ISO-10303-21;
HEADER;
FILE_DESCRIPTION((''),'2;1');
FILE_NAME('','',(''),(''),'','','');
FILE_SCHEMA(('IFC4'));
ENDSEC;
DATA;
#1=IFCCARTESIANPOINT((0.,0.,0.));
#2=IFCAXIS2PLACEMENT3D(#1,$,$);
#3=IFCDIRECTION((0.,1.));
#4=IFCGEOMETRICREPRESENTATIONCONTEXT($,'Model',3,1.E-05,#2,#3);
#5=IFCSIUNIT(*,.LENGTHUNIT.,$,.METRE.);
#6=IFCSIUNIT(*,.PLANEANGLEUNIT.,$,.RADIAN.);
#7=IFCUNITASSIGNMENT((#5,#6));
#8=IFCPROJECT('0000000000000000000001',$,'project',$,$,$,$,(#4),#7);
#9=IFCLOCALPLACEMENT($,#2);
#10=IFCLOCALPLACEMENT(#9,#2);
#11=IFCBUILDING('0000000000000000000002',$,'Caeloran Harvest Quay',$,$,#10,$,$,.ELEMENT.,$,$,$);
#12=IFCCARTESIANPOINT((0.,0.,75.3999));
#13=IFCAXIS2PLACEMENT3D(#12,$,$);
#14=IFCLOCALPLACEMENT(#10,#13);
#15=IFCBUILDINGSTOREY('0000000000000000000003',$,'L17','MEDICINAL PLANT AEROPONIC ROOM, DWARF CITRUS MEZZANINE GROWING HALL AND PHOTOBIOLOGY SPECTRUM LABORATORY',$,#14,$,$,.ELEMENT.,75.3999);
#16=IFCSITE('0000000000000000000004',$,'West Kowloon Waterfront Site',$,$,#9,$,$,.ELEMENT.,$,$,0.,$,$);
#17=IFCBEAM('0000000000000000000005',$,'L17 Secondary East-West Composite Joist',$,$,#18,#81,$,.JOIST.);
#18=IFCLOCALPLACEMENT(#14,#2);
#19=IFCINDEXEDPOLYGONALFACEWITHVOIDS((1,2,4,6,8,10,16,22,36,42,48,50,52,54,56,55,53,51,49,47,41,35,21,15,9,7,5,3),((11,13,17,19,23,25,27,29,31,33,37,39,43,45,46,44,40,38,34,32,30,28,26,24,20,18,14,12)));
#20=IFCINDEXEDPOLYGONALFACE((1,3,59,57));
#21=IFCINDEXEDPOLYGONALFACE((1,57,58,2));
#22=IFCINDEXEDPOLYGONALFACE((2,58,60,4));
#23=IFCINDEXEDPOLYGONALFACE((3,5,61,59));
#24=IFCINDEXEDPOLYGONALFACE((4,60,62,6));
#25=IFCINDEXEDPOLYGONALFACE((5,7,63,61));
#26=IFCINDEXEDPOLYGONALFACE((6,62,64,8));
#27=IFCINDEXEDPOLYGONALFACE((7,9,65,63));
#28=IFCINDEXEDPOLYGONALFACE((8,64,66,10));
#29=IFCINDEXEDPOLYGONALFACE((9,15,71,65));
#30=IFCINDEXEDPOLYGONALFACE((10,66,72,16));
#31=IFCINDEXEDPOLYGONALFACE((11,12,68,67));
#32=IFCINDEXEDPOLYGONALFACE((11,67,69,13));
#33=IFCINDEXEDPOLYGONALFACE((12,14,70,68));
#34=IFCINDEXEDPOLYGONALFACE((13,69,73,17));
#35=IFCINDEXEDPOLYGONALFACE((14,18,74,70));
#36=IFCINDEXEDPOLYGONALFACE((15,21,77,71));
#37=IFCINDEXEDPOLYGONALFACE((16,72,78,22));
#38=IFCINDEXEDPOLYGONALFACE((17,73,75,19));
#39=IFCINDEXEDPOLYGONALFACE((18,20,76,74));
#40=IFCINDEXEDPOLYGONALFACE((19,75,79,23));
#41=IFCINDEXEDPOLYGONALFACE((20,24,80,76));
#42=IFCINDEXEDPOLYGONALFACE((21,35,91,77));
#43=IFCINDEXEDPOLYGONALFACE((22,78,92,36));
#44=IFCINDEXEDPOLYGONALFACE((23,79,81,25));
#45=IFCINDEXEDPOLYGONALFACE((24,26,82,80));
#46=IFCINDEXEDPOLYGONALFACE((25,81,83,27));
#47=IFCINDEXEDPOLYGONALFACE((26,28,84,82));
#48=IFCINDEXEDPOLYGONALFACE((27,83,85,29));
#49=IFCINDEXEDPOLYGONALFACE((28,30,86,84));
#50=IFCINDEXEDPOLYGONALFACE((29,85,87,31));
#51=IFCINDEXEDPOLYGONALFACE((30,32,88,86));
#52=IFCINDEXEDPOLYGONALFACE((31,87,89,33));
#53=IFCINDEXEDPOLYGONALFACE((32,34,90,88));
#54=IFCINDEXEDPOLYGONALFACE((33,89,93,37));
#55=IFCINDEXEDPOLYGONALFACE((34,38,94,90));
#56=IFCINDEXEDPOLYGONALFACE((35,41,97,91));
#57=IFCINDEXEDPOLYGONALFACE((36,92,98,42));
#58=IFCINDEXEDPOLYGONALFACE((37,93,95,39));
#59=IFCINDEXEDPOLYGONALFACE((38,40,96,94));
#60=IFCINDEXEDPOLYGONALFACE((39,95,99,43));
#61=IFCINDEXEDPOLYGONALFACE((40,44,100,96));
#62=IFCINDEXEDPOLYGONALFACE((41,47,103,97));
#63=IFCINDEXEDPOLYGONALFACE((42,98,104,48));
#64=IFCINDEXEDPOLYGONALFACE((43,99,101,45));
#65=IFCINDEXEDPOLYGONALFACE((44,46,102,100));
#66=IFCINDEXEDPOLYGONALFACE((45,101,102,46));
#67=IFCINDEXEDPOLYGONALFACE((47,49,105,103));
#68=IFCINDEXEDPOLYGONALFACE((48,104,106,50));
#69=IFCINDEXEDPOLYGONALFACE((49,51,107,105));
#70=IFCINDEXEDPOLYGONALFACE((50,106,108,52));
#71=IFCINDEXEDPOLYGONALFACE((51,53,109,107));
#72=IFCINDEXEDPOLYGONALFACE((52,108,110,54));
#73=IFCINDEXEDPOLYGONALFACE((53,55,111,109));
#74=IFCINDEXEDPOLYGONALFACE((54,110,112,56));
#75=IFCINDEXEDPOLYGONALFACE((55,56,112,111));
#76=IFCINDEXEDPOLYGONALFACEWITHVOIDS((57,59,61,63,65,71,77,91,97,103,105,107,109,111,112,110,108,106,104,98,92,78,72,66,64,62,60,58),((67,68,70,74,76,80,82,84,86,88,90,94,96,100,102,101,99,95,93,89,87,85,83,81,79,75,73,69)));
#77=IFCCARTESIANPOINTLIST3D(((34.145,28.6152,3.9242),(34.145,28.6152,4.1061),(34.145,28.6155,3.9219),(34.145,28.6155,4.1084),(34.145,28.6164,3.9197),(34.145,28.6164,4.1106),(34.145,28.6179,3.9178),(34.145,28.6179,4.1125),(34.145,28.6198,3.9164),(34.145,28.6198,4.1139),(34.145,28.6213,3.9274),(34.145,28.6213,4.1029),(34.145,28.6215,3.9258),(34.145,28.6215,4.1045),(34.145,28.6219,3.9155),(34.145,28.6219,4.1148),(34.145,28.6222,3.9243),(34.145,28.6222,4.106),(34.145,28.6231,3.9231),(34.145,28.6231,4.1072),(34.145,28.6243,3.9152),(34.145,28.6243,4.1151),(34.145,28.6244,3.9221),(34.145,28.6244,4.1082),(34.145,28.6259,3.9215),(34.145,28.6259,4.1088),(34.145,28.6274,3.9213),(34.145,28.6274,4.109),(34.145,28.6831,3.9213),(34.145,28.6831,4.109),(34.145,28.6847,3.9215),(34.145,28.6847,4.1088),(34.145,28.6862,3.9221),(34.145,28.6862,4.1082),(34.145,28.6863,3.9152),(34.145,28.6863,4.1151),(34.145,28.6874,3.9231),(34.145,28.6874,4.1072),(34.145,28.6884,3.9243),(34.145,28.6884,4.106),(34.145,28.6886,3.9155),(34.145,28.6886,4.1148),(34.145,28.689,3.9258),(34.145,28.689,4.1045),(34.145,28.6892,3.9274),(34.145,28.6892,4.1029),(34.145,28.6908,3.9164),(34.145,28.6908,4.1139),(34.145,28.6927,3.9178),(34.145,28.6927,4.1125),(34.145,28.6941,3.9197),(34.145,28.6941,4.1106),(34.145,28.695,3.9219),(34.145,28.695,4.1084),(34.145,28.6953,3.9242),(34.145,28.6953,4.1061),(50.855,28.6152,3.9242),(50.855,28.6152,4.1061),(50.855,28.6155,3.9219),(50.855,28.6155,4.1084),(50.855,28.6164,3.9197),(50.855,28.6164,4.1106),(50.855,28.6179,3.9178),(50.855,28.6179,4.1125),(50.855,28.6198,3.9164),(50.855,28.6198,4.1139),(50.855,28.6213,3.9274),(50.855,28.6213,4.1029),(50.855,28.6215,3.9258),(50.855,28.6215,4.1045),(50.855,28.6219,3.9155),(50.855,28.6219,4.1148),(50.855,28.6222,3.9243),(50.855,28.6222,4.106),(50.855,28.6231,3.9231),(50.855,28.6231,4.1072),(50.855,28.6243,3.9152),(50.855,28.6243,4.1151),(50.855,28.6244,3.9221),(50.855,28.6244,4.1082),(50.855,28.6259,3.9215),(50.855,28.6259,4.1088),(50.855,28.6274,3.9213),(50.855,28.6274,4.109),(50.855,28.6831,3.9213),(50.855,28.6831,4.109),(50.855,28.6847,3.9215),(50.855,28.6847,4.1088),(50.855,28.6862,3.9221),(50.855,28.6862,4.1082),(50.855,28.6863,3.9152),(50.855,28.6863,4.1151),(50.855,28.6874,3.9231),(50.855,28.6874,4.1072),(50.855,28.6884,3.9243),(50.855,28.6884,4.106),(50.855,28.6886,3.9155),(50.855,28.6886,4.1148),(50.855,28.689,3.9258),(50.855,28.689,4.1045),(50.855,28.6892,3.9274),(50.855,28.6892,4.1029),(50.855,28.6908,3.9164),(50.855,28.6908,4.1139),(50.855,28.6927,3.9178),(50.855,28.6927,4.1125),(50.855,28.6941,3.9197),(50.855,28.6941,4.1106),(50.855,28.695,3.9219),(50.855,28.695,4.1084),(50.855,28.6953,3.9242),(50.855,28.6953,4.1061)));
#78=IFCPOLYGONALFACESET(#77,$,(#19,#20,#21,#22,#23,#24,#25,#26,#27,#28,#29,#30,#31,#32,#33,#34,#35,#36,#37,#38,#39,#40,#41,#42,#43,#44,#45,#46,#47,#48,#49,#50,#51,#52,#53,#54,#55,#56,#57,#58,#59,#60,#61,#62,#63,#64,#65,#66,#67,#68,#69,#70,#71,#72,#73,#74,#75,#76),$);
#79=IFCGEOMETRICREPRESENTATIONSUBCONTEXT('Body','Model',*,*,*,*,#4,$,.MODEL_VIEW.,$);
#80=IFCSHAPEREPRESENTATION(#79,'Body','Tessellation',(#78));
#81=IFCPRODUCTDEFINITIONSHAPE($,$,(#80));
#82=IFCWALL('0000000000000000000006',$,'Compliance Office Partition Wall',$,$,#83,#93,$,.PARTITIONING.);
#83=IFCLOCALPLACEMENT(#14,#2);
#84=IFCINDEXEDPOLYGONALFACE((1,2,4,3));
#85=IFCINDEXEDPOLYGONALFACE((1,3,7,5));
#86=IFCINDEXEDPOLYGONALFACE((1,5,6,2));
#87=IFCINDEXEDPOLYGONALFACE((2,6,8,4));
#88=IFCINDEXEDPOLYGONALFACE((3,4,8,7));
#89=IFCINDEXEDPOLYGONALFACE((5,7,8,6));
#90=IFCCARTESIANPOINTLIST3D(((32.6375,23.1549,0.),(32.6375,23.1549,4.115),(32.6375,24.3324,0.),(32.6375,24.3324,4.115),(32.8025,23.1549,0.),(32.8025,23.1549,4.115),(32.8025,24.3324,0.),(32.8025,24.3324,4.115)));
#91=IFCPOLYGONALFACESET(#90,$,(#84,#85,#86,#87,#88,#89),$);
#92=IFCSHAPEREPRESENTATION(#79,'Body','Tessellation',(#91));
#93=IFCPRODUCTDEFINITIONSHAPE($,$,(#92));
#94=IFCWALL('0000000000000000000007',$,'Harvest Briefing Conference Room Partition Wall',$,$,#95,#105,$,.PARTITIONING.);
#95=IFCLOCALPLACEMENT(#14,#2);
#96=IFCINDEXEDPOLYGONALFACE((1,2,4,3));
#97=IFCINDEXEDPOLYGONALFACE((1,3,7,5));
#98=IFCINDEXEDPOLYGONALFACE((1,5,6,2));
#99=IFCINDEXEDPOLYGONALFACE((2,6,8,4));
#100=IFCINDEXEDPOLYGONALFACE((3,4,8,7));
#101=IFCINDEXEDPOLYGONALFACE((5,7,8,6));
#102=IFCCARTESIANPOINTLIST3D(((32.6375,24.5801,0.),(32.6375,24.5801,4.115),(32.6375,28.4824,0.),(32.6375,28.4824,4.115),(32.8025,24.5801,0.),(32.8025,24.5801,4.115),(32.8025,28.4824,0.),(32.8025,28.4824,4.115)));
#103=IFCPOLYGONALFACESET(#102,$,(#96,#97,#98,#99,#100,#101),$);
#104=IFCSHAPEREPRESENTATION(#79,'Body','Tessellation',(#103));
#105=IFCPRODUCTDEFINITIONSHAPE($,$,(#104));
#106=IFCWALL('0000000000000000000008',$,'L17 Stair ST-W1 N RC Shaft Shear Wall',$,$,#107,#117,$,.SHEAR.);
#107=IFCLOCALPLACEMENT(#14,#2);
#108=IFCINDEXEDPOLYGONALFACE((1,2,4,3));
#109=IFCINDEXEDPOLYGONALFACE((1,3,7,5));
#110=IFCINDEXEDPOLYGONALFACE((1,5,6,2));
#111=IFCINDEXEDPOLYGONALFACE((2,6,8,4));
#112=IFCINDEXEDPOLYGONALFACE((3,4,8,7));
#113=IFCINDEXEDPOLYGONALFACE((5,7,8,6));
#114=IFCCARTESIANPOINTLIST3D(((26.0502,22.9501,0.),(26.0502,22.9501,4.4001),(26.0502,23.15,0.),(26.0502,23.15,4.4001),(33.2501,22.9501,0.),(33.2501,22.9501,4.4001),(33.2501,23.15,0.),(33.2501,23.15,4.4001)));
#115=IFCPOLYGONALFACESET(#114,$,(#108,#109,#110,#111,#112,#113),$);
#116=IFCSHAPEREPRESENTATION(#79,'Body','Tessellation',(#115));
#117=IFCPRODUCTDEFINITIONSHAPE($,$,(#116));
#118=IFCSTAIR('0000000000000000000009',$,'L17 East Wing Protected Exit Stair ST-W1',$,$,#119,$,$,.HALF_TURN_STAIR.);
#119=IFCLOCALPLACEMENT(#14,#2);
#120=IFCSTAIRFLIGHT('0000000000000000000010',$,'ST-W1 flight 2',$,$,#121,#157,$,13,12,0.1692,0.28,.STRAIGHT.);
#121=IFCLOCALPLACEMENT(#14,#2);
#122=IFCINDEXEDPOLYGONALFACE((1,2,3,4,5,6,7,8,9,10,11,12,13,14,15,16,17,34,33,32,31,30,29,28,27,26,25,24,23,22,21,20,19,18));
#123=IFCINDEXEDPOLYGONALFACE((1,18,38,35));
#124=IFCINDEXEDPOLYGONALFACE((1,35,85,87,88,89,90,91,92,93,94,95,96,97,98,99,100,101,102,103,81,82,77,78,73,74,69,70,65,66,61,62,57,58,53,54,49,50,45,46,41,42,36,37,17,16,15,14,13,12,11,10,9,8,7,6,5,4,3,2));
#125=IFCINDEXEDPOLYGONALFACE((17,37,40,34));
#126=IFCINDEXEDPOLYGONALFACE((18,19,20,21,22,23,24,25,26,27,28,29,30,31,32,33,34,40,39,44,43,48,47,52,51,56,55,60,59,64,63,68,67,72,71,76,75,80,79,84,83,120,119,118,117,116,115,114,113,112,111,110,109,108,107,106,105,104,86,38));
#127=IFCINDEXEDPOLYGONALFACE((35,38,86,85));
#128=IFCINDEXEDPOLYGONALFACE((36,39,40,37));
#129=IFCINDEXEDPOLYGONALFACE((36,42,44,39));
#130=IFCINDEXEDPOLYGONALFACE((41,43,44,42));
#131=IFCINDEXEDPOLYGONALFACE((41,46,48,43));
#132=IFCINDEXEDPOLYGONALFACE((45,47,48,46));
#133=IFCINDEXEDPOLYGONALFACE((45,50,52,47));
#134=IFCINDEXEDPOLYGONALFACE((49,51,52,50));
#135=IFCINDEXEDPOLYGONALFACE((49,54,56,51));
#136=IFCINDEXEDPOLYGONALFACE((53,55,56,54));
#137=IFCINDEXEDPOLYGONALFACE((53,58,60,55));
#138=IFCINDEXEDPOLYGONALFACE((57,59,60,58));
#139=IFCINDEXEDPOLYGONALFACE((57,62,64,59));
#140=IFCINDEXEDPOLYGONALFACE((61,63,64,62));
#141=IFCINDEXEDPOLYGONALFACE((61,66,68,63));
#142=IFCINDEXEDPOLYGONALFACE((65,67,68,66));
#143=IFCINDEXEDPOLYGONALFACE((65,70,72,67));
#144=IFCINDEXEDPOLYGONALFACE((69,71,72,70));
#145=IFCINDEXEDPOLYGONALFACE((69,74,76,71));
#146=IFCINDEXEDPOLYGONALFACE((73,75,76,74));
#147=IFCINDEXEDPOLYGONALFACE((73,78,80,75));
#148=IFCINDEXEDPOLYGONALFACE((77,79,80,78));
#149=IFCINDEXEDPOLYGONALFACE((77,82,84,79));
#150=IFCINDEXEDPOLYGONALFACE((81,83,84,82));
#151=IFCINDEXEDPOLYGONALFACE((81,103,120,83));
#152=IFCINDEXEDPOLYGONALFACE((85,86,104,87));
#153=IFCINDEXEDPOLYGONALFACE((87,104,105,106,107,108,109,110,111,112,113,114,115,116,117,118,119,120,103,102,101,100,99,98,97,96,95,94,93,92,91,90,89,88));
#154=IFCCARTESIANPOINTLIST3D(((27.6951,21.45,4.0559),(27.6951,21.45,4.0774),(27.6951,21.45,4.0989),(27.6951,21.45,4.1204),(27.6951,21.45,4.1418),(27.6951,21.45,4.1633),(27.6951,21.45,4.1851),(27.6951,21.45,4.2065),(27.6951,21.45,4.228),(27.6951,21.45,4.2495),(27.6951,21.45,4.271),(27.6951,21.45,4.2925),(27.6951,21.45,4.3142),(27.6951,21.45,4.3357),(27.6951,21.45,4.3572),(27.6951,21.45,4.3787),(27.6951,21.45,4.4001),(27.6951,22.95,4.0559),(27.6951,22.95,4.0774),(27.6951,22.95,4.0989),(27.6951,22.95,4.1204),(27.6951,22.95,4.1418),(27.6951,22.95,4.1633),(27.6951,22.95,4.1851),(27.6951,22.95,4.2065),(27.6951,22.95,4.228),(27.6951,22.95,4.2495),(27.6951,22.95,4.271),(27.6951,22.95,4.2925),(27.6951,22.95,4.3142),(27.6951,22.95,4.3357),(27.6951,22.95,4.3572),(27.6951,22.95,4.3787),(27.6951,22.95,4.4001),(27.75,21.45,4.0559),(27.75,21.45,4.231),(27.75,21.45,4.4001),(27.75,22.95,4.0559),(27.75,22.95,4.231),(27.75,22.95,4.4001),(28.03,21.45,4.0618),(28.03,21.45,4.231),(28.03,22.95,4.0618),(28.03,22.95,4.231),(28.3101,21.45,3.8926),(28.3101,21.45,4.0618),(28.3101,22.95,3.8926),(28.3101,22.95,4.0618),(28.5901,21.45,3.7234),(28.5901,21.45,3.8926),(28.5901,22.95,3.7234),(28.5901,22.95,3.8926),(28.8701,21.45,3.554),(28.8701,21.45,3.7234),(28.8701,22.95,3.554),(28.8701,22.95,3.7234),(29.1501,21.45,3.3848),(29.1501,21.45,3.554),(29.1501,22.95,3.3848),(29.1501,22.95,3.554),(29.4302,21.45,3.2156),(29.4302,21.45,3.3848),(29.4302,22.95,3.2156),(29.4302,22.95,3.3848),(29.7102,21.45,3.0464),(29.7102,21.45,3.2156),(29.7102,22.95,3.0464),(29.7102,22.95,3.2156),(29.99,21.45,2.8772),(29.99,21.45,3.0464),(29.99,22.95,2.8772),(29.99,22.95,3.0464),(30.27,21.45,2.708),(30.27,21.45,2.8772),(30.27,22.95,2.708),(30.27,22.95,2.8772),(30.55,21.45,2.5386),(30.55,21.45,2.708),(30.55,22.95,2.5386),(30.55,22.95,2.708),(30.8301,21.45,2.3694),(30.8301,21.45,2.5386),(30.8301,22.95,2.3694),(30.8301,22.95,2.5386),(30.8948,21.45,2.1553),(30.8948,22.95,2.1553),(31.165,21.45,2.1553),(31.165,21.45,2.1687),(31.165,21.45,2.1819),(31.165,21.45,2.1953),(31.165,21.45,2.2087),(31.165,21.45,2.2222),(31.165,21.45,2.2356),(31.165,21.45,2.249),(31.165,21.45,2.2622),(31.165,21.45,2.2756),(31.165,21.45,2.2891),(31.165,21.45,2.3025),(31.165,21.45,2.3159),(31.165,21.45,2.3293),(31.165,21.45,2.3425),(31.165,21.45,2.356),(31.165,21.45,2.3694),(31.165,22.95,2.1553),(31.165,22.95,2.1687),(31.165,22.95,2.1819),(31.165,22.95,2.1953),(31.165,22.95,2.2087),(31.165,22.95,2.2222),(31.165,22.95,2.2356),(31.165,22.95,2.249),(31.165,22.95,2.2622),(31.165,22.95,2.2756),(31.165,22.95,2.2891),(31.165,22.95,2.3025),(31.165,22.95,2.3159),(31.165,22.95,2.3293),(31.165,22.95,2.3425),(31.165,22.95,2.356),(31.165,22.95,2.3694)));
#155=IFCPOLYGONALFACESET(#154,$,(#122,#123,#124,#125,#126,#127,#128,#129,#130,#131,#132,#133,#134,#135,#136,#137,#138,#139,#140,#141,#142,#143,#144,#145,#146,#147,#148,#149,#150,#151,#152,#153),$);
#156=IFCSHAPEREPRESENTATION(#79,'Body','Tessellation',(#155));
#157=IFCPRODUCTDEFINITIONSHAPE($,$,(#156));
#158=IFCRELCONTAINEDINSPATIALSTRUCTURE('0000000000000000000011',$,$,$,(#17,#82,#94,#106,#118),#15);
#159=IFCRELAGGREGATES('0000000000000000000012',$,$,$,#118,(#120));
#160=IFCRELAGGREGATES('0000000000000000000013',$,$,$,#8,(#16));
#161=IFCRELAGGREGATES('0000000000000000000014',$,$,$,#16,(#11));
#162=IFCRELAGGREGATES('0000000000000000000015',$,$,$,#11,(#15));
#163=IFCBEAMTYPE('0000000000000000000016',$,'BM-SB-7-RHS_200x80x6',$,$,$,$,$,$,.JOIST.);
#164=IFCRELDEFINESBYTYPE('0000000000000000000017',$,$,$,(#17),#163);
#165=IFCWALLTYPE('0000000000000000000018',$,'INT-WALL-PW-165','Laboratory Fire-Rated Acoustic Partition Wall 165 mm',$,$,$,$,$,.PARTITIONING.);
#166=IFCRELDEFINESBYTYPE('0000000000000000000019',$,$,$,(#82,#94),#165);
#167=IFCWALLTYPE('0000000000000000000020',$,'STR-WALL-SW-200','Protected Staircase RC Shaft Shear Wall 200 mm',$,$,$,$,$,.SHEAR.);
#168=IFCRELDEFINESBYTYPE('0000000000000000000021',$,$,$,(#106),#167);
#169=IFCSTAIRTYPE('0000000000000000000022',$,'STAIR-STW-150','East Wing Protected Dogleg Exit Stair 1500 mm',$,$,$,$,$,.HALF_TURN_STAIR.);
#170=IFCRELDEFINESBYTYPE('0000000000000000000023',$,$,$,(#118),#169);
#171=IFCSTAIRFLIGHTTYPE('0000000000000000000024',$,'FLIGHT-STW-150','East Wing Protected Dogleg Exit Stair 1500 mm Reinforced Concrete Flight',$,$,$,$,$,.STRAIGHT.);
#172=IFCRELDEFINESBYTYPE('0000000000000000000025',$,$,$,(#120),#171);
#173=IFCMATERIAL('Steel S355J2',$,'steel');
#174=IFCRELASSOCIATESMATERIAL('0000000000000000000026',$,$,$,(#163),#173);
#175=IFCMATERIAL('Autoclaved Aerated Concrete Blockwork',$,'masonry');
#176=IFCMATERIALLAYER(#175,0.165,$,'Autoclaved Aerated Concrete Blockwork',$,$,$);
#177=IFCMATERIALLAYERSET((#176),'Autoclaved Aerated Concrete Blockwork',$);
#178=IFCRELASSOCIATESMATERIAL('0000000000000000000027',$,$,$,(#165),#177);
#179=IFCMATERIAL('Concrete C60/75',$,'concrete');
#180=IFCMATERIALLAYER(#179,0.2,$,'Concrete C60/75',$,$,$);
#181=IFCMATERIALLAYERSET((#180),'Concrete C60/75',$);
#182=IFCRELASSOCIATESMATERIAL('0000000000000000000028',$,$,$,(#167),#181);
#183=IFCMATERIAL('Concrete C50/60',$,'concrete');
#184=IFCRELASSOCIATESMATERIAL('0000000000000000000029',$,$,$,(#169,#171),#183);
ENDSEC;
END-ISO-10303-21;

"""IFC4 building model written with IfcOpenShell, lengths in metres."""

from ifc_helpers import new_model, si_unit, direction, frame, frame_2d, origin, origin_2d, place, context, subcontext, project, spatial, polyline, rectangle, hollow_rectangle, outline, extrude, material, layer, layer_set, material_profile, profile_set, type_object, element, aggregate, save


model = new_model("IFC4")

# Units and contexts
model_context = context("Model", 3, precision=1e-05, world=origin(), true_north=direction((0.0, 1.0)))
body_context = subcontext(model_context, "Body", "Model", "MODEL_VIEW")
ifc_project = project(units=[si_unit("LENGTHUNIT", "METRE"), si_unit("PLANEANGLEUNIT", "RADIAN")], contexts=[model_context])

# Site, building, storey
site_placement = place(None, origin())
site = spatial("IfcSite", under=ifc_project, at=site_placement, Name="West Kowloon Waterfront Site", CompositionType="ELEMENT", RefElevation=0.0)
building_placement = place(site_placement, origin())
building = spatial("IfcBuilding", under=site, at=building_placement, Name="Caeloran Harvest Quay", CompositionType="ELEMENT")
storey_placement = place(building_placement, frame((0.0, 0.0, 75.3999)))
storey = spatial("IfcBuildingStorey", under=building, at=storey_placement, Name="L17", Description="MEDICINAL PLANT AEROPONIC ROOM, DWARF CITRUS MEZZANINE GROWING HALL AND PHOTOBIOLOGY SPECTRUM LABORATORY", CompositionType="ELEMENT", Elevation=75.3999)

# Beam
ifc_material_1 = material(Name="Steel S355J2", Category="steel")
ifc_material_profile_1 = material_profile(ifc_material_1, hollow_rectangle(XDim=0.0801, YDim=0.2, WallThickness=0.0061, InnerFilletRadius=0.0061, OuterFilletRadius=0.009, at=origin_2d()), Name="RHS 200x80x6")
ifc_profile_set_1 = profile_set([ifc_material_profile_1], Name="Steel S355J2")
beam_type_1 = type_object("IfcBeamType", Name="BM-SB-7-RHS_200x80x6", PredefinedType="JOIST", material=ifc_profile_set_1)
beam_1_placement = place(storey_placement, frame((34.145, 28.6553, 4.0151), z_axis=(1.0, 0.0, 0.0), x_axis=(0.0, 1.0, 0.0)))
element("IfcBeam", 1, at=beam_1_placement, inside=storey, type_object=beam_type_1, Name="L17 Secondary East-West Composite Joist", PredefinedType="JOIST", context=body_context, shape_type="SweptSolid", body=[
    extrude(hollow_rectangle(XDim=0.0801, YDim=0.2, WallThickness=0.0061, InnerFilletRadius=0.0061, OuterFilletRadius=0.009, at=origin_2d()), origin(), (0.0, 0.0, 1.0), 16.71),
])

# Walls
ifc_material_2 = material(Name="Autoclaved Aerated Concrete Blockwork", Category="masonry")
ifc_layer_1 = layer(ifc_material_2, 0.165, Name="Autoclaved Aerated Concrete Blockwork")
ifc_layer_set_1 = layer_set([ifc_layer_1], Name="Autoclaved Aerated Concrete Blockwork")
wall_type_1 = type_object("IfcWallType", Name="INT-WALL-PW-165", Description="Laboratory Fire-Rated Acoustic Partition Wall 165 mm", PredefinedType="PARTITIONING", material=ifc_layer_set_1)
wall_1_placement = place(storey_placement, frame((32.72, 24.3325, 0.0), z_axis=(0.0, 0.0, 1.0), x_axis=(0.0, -1.0, 0.0)))
element("IfcWall", 2, at=wall_1_placement, inside=storey, type_object=wall_type_1, Name="Compliance Office Partition Wall", PredefinedType="PARTITIONING", context=body_context, shape_type="SweptSolid", body=[
    extrude(rectangle(XDim=1.1775, YDim=0.165, at=frame_2d((0.5889, 0.0))), origin(), (0.0, 0.0, 1.0), 4.115),
])
wall_2_placement = place(storey_placement, frame((32.72, 28.4824, 0.0), z_axis=(0.0, 0.0, 1.0), x_axis=(0.0, -1.0, 0.0)))
element("IfcWall", 3, at=wall_2_placement, inside=storey, type_object=wall_type_1, Name="Harvest Briefing Conference Room Partition Wall", PredefinedType="PARTITIONING", context=body_context, shape_type="SweptSolid", body=[
    extrude(rectangle(XDim=3.9023, YDim=0.165, at=frame_2d((1.9512, 0.0))), origin(), (0.0, 0.0, 1.0), 4.115),
])
ifc_material_3 = material(Name="Concrete C60/75", Category="concrete")
ifc_layer_2 = layer(ifc_material_3, 0.2, Name="Concrete C60/75")
ifc_layer_set_2 = layer_set([ifc_layer_2], Name="Concrete C60/75")
wall_type_2 = type_object("IfcWallType", Name="STR-WALL-SW-200", Description="Protected Staircase RC Shaft Shear Wall 200 mm", PredefinedType="SHEAR", material=ifc_layer_set_2)
wall_3_placement = place(storey_placement, frame((26.05, 23.05, 0.0), z_axis=(0.0, 0.0, 1.0), x_axis=(1.0, 0.0, 0.0)))
element("IfcWall", 4, at=wall_3_placement, inside=storey, type_object=wall_type_2, Name="L17 Stair ST-W1 N RC Shaft Shear Wall", PredefinedType="SHEAR", context=body_context, shape_type="SweptSolid", body=[
    extrude(rectangle(XDim=7.2, YDim=0.2, at=frame_2d((3.6001, 0.0))), origin(), (0.0, 0.0, 1.0), 4.4001),
])

# Stair, stair flight
ifc_material_4 = material(Name="Concrete C50/60", Category="concrete")
stair_type = type_object("IfcStairType", Name="STAIR-STW-150", Description="East Wing Protected Dogleg Exit Stair 1500 mm", PredefinedType="HALF_TURN_STAIR", material=ifc_material_4)
stair_placement = place(storey_placement, origin())
stair = element("IfcStair", 5, at=stair_placement, inside=storey, type_object=stair_type, Name="L17 East Wing Protected Exit Stair ST-W1", PredefinedType="HALF_TURN_STAIR")
stair_flight_type = type_object("IfcStairFlightType", Name="FLIGHT-STW-150", Description="East Wing Protected Dogleg Exit Stair 1500 mm Reinforced Concrete Flight", PredefinedType="STRAIGHT", material=ifc_material_4)
stair_flight_placement = place(storey_placement, frame((31.1101, 22.2, 2.2002), z_axis=(0.0, 0.0, 1.0), x_axis=(-1.0, 0.0, 0.0)))
stair_flight = element("IfcStairFlight", 6, at=stair_flight_placement, type_object=stair_flight_type, Name="ST-W1 flight 2", NumberOfRisers=13, NumberOfTreads=12, PredefinedType="STRAIGHT", RiserHeight=0.1692, TreadLength=0.28, context=body_context, shape_type="SweptSolid", body=[
    extrude(outline(polyline([(-0.0549, -0.0449), (-0.0549, -0.0315), (-0.0549, -0.0183), (-0.0549, -0.0049), (-0.0549, 0.0085), (-0.0549, 0.022), (-0.0549, 0.0354), (-0.0549, 0.0488), (-0.0549, 0.062), (-0.0549, 0.0754), (-0.0549, 0.0889), (-0.0549, 0.1023), (-0.0549, 0.1157), (-0.0549, 0.1292), (-0.0549, 0.1423), (-0.0549, 0.1558), (-0.0549, 0.1692), (0.28, 0.1692), (0.28, 0.3384), (0.5601, 0.3384), (0.5601, 0.5078), (0.8401, 0.5078), (0.8401, 0.677), (1.1201, 0.677), (1.1201, 0.8462), (1.3999, 0.8462), (1.3999, 1.0154), (1.6799, 1.0154), (1.6799, 1.1846), (1.96, 1.1846), (1.96, 1.3538), (2.24, 1.3538), (2.24, 1.5232), (2.52, 1.5232), (2.52, 1.6924), (2.8, 1.6924), (2.8, 1.8616), (3.0801, 1.8616), (3.0801, 2.0308), (3.3601, 2.0308), (3.3601, 2.2), (3.415, 2.2), (3.415, 2.1785), (3.415, 2.157), (3.415, 2.1355), (3.415, 2.114), (3.415, 2.0923), (3.415, 2.0708), (3.415, 2.0493), (3.415, 2.0278), (3.415, 2.0063), (3.415, 1.9849), (3.415, 1.9631), (3.415, 1.9417), (3.415, 1.9202), (3.415, 1.8987), (3.415, 1.8772), (3.415, 1.8557), (3.3601, 1.8557), (0.2153, -0.0449), (-0.0549, -0.0449)])), frame((0.0, 0.75, 0.0), z_axis=(0.0, -1.0, 0.0), x_axis=(1.0, 0.0, 0.0)), (0.0, 0.0, 1.0), 1.5),
])
aggregate(stair, [stair_flight])

save(model, "model.ifc")
